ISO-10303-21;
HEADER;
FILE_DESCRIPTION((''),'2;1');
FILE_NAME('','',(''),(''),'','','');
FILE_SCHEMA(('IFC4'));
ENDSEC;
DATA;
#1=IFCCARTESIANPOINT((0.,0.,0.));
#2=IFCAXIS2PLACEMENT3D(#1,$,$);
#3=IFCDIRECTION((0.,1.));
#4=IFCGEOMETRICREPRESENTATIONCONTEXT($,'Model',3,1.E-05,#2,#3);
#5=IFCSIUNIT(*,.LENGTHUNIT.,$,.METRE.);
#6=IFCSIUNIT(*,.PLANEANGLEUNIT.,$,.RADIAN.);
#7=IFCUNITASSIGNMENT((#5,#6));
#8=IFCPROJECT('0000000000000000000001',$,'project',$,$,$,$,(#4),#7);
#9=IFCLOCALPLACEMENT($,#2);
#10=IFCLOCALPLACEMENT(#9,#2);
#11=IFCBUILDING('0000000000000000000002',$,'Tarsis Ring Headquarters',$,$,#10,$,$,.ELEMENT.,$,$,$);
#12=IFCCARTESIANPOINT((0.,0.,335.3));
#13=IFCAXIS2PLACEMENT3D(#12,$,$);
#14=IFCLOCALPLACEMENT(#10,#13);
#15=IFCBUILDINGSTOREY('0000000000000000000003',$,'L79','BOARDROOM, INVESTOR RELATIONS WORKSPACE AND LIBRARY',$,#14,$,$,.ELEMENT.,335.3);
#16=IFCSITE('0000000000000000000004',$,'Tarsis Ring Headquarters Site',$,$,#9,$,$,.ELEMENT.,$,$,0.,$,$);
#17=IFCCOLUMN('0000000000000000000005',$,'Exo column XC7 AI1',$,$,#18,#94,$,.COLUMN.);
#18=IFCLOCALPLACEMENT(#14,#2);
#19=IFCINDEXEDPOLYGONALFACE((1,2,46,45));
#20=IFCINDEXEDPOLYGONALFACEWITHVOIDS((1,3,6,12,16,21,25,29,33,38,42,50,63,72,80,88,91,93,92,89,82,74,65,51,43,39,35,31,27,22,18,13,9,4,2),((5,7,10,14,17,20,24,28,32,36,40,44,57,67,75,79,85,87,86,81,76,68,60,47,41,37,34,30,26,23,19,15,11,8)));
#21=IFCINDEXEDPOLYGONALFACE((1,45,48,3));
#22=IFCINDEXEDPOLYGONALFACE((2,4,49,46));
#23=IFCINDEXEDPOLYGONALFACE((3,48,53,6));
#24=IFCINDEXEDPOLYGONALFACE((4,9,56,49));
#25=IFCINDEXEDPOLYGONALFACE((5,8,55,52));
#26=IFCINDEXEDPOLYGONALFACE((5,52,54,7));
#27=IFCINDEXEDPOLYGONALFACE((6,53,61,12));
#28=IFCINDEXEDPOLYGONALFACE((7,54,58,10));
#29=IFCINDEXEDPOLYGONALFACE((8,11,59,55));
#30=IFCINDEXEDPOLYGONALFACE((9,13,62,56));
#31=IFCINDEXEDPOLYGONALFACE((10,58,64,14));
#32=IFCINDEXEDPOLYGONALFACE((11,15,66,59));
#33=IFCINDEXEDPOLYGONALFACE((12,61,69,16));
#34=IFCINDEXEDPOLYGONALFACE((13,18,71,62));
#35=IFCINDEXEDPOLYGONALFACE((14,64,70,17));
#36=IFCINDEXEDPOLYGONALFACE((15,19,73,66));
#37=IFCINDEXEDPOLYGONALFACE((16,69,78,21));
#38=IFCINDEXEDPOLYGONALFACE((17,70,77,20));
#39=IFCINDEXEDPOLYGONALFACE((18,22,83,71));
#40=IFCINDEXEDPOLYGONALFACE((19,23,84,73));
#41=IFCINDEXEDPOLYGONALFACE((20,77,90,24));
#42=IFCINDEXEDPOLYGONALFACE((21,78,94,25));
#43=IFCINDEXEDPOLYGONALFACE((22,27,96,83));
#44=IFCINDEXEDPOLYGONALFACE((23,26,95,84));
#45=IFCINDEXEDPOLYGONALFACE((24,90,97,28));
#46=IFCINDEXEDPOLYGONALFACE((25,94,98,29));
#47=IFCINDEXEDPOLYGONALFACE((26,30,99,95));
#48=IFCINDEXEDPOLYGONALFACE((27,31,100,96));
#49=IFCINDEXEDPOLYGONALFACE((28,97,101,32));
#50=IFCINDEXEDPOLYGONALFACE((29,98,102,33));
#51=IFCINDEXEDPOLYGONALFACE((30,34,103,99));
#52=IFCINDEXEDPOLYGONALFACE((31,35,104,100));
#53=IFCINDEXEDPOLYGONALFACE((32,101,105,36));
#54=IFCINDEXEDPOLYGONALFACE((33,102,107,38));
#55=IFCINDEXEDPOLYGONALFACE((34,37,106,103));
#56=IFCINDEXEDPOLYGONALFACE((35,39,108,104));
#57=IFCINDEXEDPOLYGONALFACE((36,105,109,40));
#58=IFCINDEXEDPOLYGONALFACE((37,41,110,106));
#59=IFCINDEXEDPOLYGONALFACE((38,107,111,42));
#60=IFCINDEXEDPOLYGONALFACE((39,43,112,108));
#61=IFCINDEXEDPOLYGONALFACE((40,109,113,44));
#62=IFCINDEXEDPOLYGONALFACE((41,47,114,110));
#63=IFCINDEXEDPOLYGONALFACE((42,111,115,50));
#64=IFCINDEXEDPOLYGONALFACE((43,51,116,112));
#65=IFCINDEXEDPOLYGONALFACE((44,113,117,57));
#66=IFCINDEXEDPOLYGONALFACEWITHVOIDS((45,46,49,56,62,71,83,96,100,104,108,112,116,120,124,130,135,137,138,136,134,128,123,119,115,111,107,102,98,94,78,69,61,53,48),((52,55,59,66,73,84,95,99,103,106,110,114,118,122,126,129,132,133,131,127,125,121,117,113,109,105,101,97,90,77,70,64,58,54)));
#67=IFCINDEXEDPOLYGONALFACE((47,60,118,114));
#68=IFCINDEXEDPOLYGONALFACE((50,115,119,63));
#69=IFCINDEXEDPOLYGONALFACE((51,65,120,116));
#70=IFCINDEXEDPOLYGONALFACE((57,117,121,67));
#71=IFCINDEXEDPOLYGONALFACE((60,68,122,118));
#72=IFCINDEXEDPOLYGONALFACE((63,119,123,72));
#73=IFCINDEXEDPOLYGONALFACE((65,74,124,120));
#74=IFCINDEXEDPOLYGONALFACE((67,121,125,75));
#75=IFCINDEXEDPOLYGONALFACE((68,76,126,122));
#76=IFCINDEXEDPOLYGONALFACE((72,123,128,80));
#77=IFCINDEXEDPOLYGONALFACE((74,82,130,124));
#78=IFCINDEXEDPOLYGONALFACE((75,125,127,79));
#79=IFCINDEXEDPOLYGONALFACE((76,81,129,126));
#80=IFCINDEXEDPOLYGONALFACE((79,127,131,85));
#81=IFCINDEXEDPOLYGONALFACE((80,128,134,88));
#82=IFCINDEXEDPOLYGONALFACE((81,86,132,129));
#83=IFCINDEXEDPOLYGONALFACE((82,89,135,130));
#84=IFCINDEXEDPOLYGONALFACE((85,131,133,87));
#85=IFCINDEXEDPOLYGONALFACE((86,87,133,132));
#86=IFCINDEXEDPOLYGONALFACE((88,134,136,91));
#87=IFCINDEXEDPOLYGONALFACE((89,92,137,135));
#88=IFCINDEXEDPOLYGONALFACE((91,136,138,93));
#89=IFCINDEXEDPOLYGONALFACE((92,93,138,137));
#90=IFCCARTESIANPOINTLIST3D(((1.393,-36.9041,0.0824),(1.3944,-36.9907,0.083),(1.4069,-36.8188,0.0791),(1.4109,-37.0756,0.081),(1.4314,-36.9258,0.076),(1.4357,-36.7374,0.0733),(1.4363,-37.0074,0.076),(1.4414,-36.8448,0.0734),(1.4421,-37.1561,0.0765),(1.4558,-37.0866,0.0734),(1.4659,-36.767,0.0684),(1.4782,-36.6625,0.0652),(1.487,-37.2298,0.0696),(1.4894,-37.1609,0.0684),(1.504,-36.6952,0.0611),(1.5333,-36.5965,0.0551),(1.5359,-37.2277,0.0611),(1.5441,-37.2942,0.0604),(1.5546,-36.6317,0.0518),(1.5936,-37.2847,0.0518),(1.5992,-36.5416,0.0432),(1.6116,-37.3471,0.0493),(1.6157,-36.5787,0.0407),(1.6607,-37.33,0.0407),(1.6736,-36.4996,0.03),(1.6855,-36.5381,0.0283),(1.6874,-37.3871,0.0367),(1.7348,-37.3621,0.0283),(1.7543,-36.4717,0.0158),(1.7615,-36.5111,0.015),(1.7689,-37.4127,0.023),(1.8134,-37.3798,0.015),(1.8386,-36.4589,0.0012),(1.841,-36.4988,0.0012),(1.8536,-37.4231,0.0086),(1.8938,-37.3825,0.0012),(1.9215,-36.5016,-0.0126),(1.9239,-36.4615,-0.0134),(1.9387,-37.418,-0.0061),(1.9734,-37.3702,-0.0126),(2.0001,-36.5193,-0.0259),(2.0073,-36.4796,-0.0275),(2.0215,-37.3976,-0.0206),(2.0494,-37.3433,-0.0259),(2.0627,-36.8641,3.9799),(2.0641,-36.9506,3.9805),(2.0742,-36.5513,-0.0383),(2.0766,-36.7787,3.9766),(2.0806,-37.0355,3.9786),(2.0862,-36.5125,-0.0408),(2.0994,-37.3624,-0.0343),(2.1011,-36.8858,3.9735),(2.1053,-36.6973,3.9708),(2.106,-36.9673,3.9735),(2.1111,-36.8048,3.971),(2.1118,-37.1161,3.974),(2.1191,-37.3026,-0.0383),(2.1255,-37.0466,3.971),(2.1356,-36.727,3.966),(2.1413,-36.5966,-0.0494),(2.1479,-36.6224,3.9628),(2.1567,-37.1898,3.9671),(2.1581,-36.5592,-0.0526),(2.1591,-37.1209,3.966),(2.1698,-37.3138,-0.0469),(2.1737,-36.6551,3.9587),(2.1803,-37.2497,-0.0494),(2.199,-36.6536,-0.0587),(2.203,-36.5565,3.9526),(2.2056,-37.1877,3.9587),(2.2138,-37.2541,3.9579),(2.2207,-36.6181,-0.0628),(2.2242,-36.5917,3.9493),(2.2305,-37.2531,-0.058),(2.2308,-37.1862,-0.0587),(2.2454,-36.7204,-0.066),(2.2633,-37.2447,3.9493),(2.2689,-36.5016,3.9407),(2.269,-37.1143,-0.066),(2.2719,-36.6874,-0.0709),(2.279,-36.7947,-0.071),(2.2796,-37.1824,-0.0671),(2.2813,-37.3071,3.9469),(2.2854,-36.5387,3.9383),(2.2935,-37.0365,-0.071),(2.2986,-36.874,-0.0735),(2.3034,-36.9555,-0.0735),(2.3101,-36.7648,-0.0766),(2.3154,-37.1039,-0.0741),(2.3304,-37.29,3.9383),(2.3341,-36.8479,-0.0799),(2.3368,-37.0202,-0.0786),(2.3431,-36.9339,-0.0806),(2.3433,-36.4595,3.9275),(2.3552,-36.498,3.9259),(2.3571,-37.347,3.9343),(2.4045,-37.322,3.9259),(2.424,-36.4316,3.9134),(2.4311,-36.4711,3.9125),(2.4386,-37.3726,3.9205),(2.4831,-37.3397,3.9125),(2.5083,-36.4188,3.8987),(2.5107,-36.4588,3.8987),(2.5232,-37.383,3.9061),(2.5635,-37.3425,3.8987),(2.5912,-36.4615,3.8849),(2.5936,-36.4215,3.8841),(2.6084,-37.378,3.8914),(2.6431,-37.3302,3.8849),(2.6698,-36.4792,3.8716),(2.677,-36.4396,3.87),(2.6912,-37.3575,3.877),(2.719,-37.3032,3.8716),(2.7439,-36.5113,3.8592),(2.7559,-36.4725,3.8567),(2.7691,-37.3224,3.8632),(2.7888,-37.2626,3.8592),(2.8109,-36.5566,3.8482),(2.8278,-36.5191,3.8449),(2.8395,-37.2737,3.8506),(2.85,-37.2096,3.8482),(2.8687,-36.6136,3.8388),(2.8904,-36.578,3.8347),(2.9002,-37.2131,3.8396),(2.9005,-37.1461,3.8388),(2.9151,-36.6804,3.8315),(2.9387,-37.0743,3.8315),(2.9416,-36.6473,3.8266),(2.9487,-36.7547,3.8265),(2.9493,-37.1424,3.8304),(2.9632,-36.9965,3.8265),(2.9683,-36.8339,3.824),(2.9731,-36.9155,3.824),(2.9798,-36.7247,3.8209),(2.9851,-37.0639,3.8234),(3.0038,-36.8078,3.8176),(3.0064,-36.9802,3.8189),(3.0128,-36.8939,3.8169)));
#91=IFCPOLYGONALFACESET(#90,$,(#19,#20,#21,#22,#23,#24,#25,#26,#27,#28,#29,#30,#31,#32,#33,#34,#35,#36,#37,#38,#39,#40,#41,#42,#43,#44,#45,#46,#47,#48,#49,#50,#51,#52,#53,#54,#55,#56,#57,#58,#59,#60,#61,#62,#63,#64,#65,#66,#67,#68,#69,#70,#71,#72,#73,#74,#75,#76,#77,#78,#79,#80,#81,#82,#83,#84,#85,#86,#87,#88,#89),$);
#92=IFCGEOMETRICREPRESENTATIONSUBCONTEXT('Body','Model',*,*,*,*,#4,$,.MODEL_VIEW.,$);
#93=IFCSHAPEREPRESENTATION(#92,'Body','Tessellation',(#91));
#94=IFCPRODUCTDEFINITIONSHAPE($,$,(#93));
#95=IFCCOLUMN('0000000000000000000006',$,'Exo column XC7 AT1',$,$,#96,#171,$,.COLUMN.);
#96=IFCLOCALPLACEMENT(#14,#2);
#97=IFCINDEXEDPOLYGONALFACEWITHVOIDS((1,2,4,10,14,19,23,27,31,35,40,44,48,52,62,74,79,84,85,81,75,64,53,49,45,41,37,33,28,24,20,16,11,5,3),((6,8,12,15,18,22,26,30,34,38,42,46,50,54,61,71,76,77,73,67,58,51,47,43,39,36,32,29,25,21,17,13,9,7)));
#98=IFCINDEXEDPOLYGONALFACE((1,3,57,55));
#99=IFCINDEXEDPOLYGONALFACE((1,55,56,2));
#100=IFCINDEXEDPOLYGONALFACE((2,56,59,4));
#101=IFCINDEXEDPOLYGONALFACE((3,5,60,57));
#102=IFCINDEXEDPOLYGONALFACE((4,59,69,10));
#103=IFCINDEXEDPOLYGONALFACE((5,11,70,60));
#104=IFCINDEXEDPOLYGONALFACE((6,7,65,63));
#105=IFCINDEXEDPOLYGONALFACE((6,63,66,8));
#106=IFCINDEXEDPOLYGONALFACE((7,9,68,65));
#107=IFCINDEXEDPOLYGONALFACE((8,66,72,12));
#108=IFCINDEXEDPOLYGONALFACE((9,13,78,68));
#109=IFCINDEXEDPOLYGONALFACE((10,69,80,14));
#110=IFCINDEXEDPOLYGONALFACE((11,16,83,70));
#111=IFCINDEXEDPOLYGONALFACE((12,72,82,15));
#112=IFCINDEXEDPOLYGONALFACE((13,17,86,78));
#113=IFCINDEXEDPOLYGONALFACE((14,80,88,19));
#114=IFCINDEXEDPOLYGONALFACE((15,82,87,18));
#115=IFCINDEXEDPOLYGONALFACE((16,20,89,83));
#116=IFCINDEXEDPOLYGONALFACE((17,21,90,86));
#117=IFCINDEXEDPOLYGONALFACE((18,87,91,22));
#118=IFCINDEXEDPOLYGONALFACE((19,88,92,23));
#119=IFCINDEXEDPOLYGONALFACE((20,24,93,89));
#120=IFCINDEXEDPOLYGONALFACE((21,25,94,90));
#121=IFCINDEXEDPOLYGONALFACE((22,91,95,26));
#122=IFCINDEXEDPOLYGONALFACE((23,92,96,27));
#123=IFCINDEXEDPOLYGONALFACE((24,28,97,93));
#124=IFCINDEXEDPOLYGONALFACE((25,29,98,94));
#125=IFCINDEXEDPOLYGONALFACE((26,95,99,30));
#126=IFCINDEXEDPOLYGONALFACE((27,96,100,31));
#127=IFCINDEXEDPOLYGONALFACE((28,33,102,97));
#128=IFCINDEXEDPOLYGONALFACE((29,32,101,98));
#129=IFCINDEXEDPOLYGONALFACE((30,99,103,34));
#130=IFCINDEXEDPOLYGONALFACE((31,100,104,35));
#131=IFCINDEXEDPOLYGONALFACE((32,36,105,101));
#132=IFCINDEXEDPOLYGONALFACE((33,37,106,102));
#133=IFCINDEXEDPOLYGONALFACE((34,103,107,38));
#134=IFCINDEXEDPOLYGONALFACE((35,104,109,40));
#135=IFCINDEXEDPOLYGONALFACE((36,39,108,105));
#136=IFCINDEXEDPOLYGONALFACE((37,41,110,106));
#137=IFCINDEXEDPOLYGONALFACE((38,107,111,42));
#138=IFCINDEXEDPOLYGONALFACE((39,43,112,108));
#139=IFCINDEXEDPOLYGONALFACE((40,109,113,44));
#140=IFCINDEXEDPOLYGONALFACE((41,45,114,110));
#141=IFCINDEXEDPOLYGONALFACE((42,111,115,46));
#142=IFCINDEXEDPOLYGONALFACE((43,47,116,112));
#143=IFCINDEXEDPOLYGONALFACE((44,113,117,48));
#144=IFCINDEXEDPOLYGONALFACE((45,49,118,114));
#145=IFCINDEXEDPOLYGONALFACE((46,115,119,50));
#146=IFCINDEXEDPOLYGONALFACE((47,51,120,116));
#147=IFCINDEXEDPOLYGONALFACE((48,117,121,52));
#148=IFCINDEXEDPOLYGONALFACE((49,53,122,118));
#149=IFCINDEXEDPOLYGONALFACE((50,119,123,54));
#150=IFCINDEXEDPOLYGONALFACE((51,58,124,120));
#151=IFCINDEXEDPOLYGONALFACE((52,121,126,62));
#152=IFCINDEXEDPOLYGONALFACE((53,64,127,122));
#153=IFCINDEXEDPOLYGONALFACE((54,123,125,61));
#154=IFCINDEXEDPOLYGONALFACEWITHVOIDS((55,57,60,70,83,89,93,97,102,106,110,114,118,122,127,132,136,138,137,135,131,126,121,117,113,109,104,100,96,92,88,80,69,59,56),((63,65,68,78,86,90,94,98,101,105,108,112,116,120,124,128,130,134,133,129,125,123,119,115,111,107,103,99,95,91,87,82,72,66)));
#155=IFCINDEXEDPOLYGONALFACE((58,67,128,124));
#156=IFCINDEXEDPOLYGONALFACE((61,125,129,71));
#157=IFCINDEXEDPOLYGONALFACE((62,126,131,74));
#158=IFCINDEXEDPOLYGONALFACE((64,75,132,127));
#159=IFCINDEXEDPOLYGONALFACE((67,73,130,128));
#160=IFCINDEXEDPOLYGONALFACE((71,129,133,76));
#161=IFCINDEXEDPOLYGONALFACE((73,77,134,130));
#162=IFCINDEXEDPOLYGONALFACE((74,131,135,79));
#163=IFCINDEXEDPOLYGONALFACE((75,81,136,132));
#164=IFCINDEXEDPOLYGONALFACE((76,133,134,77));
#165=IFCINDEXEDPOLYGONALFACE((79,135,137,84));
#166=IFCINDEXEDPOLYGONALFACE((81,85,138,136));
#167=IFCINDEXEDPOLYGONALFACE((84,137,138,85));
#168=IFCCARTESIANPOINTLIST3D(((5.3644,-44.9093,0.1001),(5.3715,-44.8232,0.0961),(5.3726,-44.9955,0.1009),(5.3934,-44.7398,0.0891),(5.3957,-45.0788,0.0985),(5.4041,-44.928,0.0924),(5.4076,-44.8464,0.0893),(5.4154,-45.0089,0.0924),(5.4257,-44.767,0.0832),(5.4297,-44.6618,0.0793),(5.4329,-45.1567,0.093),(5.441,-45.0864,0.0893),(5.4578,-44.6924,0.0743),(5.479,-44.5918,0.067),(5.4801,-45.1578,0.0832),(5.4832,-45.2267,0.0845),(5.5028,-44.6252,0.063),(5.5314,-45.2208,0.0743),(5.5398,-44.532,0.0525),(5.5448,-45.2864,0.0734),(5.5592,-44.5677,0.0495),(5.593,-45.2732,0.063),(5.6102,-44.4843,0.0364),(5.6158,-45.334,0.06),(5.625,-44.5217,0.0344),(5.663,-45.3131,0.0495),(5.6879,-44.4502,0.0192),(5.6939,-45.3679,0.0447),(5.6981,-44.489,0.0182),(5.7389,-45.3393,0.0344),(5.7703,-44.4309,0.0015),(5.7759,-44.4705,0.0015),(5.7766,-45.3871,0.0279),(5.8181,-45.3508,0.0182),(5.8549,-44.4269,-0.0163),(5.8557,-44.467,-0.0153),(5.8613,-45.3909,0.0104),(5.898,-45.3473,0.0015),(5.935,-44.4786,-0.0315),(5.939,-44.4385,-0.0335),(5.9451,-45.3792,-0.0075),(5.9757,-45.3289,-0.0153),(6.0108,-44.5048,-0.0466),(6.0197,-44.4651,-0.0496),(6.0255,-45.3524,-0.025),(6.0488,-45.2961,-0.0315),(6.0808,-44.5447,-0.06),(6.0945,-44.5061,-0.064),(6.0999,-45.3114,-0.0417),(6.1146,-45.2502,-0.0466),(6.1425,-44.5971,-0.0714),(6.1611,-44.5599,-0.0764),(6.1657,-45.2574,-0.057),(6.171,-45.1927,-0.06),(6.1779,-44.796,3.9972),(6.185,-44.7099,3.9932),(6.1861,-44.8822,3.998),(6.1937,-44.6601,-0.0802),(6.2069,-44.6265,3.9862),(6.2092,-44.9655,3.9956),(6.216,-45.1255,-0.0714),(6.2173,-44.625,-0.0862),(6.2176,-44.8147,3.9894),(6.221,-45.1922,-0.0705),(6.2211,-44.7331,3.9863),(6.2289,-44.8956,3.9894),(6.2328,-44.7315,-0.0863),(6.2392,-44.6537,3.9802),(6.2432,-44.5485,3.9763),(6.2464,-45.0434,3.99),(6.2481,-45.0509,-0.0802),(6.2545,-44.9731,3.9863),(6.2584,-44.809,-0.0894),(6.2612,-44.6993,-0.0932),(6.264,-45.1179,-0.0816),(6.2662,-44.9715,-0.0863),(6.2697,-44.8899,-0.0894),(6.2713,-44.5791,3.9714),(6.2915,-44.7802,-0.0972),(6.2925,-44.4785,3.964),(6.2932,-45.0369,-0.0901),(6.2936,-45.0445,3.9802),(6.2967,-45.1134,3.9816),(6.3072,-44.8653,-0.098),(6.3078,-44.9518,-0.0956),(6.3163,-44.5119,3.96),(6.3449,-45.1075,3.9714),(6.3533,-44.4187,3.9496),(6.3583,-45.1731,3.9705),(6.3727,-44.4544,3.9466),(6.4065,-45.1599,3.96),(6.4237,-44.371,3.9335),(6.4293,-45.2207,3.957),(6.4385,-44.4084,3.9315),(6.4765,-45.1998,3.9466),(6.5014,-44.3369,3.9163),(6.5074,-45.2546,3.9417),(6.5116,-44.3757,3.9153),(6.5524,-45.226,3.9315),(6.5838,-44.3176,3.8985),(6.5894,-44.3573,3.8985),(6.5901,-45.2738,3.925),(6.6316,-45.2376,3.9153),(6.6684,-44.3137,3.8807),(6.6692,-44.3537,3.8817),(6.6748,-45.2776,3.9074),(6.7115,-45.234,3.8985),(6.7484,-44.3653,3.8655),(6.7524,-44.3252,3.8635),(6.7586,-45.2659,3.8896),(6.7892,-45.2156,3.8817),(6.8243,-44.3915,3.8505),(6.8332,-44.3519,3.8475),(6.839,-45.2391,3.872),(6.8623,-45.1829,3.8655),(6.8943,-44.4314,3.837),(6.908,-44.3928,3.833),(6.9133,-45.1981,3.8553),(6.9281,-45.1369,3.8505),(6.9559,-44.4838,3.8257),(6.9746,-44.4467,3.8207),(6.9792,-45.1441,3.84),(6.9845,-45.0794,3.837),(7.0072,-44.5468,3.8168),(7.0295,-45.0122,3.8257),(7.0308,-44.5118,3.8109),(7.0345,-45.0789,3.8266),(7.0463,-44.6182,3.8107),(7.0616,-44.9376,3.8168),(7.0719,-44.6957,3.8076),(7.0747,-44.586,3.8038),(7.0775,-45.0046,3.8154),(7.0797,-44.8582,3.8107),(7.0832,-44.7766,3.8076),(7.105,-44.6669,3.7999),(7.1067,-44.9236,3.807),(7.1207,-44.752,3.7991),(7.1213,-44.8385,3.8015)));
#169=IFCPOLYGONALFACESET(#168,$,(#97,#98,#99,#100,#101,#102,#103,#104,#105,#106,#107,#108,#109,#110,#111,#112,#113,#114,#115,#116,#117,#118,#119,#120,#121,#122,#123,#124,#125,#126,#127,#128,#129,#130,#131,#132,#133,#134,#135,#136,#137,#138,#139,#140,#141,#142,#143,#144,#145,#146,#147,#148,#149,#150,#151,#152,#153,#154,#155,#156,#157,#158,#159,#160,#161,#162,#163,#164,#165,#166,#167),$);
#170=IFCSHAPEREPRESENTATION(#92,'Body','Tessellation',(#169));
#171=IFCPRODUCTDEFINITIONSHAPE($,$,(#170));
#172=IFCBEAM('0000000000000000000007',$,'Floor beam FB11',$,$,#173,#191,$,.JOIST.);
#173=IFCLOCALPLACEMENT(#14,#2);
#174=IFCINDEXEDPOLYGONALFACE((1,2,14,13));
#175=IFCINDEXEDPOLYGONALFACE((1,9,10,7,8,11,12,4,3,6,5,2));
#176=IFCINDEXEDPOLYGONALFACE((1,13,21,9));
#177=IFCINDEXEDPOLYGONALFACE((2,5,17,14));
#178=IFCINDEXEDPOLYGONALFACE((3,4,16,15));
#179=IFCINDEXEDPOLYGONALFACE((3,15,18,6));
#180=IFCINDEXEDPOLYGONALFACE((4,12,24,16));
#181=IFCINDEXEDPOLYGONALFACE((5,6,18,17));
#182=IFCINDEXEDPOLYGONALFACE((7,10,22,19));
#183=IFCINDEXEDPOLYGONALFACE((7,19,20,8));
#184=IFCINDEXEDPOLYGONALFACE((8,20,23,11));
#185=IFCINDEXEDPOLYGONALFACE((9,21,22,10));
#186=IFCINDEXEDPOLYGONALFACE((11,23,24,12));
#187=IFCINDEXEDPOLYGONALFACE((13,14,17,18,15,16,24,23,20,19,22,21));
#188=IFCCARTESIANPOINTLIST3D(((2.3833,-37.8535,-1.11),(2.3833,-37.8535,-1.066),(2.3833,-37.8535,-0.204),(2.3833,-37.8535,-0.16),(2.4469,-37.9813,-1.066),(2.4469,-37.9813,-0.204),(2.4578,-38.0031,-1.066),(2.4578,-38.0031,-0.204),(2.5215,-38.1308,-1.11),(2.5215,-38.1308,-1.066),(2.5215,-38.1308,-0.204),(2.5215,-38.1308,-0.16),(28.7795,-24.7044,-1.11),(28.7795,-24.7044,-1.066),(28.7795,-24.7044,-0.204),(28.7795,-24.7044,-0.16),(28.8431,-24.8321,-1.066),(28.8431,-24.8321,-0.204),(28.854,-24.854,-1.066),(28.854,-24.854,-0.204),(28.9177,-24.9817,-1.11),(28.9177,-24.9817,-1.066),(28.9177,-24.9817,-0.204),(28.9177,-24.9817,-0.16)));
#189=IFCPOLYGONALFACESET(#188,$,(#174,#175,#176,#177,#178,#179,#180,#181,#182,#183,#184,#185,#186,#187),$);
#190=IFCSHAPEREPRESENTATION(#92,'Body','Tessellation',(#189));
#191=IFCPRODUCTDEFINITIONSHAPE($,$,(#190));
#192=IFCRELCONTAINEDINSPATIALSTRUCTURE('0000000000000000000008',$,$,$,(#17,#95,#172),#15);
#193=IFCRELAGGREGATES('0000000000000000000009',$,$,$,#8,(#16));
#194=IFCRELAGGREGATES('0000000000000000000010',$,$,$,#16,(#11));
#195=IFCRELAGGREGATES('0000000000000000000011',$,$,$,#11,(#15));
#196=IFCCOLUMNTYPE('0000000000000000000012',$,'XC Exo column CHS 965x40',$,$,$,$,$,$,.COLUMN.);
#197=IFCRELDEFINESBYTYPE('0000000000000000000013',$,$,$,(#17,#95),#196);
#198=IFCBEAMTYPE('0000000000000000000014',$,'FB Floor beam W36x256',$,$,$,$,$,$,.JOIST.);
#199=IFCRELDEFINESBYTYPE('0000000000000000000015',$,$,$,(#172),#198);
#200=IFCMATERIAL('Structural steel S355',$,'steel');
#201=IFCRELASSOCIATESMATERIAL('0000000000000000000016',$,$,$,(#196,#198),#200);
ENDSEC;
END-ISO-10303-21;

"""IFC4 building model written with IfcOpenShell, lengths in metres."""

from ifc_helpers import new_model, si_unit, direction, frame, origin, origin_2d, place, context, subcontext, project, spatial, hollow_circle, i_section, extrude, material, material_profile, profile_set, type_object, element, save


model = new_model("IFC4")

# Units and contexts
model_context = context("Model", 3, precision=1e-05, world=origin(), true_north=direction((0.0, 1.0)))
body_context = subcontext(model_context, "Body", "Model", "MODEL_VIEW")
ifc_project = project(units=[si_unit("LENGTHUNIT", "METRE"), si_unit("PLANEANGLEUNIT", "RADIAN")], contexts=[model_context])

# Site, building, storey
site_placement = place(None, origin())
site = spatial("IfcSite", under=ifc_project, at=site_placement, Name="Tarsis Ring Headquarters Site", CompositionType="ELEMENT", RefElevation=0.0)
building_placement = place(site_placement, origin())
building = spatial("IfcBuilding", under=site, at=building_placement, Name="Tarsis Ring Headquarters", CompositionType="ELEMENT")
storey_placement = place(building_placement, frame((0.0, 0.0, 335.3)))
storey = spatial("IfcBuildingStorey", under=building, at=storey_placement, Name="L79", Description="BOARDROOM, INVESTOR RELATIONS WORKSPACE AND LIBRARY", CompositionType="ELEMENT", Elevation=335.3)

# Columns
ifc_material_1 = material(Name="Structural steel S355", Category="steel")
ifc_material_profile_1 = material_profile(ifc_material_1, hollow_circle(Radius=0.4827, WallThickness=0.04, at=origin_2d()), Name="CHS 965x40")
ifc_profile_set_1 = profile_set([ifc_material_profile_1], Name="Structural steel S355")
column_type = type_object("IfcColumnType", Name="XC Exo column CHS 965x40", PredefinedType="COLUMN", material=ifc_profile_set_1)
column_1_placement = place(storey_placement, frame((1.8674, -36.9407, 0.0012), z_axis=(0.169334, 0.010124, 0.985507), x_axis=(-0.059682, 0.998217, 0.0)))
element("IfcColumn", 1, at=column_1_placement, inside=storey, type_object=column_type, Name="Exo column XC7 AI1", PredefinedType="COLUMN", context=body_context, shape_type="SweptSolid", body=[
    extrude(hollow_circle(Radius=0.4827, WallThickness=0.04, at=origin_2d()), origin(), (0.0, 0.0, 1.0), 3.9548),
])
column_2_placement = place(storey_placement, frame((5.8369, -44.9089, 0.0015), z_axis=(0.204258, 0.028444, 0.978504), x_axis=(-0.137925, 0.990443, 0.0)))
element("IfcColumn", 2, at=column_2_placement, inside=storey, type_object=column_type, Name="Exo column XC7 AT1", PredefinedType="COLUMN", context=body_context, shape_type="SweptSolid", body=[
    extrude(hollow_circle(Radius=0.4827, WallThickness=0.04, at=origin_2d()), origin(), (0.0, 0.0, 1.0), 3.9827),
])

# Beam
ifc_material_profile_2 = material_profile(ifc_material_1, i_section(OverallWidth=0.3098, OverallDepth=0.95, WebThickness=0.0244, FlangeThickness=0.0439, at=origin_2d()), Name="W36x256")
ifc_profile_set_2 = profile_set([ifc_material_profile_2], Name="Structural steel S355")
beam_type_1 = type_object("IfcBeamType", Name="FB Floor beam W36x256", PredefinedType="JOIST", material=ifc_profile_set_2)
for number, where, z_axis, x_axis, name in (
    (3, (2.4524, -37.9922, -0.635), (0.89509, 0.445885, 0.0), (-0.445885, 0.89509, 0.0), "Floor beam FB11"),
):
    element("IfcBeam", number, at=place(storey_placement, frame(where, z_axis=z_axis, x_axis=x_axis)), inside=storey, type_object=beam_type_1, Name=name, PredefinedType="JOIST", context=body_context, shape_type="SweptSolid", body=[
        extrude(i_section(OverallWidth=0.3098, OverallDepth=0.95, WebThickness=0.0244, FlangeThickness=0.0439, at=origin_2d()), origin(), (0.0, 0.0, 1.0), 29.49),
    ])

save(model, "model.ifc")
